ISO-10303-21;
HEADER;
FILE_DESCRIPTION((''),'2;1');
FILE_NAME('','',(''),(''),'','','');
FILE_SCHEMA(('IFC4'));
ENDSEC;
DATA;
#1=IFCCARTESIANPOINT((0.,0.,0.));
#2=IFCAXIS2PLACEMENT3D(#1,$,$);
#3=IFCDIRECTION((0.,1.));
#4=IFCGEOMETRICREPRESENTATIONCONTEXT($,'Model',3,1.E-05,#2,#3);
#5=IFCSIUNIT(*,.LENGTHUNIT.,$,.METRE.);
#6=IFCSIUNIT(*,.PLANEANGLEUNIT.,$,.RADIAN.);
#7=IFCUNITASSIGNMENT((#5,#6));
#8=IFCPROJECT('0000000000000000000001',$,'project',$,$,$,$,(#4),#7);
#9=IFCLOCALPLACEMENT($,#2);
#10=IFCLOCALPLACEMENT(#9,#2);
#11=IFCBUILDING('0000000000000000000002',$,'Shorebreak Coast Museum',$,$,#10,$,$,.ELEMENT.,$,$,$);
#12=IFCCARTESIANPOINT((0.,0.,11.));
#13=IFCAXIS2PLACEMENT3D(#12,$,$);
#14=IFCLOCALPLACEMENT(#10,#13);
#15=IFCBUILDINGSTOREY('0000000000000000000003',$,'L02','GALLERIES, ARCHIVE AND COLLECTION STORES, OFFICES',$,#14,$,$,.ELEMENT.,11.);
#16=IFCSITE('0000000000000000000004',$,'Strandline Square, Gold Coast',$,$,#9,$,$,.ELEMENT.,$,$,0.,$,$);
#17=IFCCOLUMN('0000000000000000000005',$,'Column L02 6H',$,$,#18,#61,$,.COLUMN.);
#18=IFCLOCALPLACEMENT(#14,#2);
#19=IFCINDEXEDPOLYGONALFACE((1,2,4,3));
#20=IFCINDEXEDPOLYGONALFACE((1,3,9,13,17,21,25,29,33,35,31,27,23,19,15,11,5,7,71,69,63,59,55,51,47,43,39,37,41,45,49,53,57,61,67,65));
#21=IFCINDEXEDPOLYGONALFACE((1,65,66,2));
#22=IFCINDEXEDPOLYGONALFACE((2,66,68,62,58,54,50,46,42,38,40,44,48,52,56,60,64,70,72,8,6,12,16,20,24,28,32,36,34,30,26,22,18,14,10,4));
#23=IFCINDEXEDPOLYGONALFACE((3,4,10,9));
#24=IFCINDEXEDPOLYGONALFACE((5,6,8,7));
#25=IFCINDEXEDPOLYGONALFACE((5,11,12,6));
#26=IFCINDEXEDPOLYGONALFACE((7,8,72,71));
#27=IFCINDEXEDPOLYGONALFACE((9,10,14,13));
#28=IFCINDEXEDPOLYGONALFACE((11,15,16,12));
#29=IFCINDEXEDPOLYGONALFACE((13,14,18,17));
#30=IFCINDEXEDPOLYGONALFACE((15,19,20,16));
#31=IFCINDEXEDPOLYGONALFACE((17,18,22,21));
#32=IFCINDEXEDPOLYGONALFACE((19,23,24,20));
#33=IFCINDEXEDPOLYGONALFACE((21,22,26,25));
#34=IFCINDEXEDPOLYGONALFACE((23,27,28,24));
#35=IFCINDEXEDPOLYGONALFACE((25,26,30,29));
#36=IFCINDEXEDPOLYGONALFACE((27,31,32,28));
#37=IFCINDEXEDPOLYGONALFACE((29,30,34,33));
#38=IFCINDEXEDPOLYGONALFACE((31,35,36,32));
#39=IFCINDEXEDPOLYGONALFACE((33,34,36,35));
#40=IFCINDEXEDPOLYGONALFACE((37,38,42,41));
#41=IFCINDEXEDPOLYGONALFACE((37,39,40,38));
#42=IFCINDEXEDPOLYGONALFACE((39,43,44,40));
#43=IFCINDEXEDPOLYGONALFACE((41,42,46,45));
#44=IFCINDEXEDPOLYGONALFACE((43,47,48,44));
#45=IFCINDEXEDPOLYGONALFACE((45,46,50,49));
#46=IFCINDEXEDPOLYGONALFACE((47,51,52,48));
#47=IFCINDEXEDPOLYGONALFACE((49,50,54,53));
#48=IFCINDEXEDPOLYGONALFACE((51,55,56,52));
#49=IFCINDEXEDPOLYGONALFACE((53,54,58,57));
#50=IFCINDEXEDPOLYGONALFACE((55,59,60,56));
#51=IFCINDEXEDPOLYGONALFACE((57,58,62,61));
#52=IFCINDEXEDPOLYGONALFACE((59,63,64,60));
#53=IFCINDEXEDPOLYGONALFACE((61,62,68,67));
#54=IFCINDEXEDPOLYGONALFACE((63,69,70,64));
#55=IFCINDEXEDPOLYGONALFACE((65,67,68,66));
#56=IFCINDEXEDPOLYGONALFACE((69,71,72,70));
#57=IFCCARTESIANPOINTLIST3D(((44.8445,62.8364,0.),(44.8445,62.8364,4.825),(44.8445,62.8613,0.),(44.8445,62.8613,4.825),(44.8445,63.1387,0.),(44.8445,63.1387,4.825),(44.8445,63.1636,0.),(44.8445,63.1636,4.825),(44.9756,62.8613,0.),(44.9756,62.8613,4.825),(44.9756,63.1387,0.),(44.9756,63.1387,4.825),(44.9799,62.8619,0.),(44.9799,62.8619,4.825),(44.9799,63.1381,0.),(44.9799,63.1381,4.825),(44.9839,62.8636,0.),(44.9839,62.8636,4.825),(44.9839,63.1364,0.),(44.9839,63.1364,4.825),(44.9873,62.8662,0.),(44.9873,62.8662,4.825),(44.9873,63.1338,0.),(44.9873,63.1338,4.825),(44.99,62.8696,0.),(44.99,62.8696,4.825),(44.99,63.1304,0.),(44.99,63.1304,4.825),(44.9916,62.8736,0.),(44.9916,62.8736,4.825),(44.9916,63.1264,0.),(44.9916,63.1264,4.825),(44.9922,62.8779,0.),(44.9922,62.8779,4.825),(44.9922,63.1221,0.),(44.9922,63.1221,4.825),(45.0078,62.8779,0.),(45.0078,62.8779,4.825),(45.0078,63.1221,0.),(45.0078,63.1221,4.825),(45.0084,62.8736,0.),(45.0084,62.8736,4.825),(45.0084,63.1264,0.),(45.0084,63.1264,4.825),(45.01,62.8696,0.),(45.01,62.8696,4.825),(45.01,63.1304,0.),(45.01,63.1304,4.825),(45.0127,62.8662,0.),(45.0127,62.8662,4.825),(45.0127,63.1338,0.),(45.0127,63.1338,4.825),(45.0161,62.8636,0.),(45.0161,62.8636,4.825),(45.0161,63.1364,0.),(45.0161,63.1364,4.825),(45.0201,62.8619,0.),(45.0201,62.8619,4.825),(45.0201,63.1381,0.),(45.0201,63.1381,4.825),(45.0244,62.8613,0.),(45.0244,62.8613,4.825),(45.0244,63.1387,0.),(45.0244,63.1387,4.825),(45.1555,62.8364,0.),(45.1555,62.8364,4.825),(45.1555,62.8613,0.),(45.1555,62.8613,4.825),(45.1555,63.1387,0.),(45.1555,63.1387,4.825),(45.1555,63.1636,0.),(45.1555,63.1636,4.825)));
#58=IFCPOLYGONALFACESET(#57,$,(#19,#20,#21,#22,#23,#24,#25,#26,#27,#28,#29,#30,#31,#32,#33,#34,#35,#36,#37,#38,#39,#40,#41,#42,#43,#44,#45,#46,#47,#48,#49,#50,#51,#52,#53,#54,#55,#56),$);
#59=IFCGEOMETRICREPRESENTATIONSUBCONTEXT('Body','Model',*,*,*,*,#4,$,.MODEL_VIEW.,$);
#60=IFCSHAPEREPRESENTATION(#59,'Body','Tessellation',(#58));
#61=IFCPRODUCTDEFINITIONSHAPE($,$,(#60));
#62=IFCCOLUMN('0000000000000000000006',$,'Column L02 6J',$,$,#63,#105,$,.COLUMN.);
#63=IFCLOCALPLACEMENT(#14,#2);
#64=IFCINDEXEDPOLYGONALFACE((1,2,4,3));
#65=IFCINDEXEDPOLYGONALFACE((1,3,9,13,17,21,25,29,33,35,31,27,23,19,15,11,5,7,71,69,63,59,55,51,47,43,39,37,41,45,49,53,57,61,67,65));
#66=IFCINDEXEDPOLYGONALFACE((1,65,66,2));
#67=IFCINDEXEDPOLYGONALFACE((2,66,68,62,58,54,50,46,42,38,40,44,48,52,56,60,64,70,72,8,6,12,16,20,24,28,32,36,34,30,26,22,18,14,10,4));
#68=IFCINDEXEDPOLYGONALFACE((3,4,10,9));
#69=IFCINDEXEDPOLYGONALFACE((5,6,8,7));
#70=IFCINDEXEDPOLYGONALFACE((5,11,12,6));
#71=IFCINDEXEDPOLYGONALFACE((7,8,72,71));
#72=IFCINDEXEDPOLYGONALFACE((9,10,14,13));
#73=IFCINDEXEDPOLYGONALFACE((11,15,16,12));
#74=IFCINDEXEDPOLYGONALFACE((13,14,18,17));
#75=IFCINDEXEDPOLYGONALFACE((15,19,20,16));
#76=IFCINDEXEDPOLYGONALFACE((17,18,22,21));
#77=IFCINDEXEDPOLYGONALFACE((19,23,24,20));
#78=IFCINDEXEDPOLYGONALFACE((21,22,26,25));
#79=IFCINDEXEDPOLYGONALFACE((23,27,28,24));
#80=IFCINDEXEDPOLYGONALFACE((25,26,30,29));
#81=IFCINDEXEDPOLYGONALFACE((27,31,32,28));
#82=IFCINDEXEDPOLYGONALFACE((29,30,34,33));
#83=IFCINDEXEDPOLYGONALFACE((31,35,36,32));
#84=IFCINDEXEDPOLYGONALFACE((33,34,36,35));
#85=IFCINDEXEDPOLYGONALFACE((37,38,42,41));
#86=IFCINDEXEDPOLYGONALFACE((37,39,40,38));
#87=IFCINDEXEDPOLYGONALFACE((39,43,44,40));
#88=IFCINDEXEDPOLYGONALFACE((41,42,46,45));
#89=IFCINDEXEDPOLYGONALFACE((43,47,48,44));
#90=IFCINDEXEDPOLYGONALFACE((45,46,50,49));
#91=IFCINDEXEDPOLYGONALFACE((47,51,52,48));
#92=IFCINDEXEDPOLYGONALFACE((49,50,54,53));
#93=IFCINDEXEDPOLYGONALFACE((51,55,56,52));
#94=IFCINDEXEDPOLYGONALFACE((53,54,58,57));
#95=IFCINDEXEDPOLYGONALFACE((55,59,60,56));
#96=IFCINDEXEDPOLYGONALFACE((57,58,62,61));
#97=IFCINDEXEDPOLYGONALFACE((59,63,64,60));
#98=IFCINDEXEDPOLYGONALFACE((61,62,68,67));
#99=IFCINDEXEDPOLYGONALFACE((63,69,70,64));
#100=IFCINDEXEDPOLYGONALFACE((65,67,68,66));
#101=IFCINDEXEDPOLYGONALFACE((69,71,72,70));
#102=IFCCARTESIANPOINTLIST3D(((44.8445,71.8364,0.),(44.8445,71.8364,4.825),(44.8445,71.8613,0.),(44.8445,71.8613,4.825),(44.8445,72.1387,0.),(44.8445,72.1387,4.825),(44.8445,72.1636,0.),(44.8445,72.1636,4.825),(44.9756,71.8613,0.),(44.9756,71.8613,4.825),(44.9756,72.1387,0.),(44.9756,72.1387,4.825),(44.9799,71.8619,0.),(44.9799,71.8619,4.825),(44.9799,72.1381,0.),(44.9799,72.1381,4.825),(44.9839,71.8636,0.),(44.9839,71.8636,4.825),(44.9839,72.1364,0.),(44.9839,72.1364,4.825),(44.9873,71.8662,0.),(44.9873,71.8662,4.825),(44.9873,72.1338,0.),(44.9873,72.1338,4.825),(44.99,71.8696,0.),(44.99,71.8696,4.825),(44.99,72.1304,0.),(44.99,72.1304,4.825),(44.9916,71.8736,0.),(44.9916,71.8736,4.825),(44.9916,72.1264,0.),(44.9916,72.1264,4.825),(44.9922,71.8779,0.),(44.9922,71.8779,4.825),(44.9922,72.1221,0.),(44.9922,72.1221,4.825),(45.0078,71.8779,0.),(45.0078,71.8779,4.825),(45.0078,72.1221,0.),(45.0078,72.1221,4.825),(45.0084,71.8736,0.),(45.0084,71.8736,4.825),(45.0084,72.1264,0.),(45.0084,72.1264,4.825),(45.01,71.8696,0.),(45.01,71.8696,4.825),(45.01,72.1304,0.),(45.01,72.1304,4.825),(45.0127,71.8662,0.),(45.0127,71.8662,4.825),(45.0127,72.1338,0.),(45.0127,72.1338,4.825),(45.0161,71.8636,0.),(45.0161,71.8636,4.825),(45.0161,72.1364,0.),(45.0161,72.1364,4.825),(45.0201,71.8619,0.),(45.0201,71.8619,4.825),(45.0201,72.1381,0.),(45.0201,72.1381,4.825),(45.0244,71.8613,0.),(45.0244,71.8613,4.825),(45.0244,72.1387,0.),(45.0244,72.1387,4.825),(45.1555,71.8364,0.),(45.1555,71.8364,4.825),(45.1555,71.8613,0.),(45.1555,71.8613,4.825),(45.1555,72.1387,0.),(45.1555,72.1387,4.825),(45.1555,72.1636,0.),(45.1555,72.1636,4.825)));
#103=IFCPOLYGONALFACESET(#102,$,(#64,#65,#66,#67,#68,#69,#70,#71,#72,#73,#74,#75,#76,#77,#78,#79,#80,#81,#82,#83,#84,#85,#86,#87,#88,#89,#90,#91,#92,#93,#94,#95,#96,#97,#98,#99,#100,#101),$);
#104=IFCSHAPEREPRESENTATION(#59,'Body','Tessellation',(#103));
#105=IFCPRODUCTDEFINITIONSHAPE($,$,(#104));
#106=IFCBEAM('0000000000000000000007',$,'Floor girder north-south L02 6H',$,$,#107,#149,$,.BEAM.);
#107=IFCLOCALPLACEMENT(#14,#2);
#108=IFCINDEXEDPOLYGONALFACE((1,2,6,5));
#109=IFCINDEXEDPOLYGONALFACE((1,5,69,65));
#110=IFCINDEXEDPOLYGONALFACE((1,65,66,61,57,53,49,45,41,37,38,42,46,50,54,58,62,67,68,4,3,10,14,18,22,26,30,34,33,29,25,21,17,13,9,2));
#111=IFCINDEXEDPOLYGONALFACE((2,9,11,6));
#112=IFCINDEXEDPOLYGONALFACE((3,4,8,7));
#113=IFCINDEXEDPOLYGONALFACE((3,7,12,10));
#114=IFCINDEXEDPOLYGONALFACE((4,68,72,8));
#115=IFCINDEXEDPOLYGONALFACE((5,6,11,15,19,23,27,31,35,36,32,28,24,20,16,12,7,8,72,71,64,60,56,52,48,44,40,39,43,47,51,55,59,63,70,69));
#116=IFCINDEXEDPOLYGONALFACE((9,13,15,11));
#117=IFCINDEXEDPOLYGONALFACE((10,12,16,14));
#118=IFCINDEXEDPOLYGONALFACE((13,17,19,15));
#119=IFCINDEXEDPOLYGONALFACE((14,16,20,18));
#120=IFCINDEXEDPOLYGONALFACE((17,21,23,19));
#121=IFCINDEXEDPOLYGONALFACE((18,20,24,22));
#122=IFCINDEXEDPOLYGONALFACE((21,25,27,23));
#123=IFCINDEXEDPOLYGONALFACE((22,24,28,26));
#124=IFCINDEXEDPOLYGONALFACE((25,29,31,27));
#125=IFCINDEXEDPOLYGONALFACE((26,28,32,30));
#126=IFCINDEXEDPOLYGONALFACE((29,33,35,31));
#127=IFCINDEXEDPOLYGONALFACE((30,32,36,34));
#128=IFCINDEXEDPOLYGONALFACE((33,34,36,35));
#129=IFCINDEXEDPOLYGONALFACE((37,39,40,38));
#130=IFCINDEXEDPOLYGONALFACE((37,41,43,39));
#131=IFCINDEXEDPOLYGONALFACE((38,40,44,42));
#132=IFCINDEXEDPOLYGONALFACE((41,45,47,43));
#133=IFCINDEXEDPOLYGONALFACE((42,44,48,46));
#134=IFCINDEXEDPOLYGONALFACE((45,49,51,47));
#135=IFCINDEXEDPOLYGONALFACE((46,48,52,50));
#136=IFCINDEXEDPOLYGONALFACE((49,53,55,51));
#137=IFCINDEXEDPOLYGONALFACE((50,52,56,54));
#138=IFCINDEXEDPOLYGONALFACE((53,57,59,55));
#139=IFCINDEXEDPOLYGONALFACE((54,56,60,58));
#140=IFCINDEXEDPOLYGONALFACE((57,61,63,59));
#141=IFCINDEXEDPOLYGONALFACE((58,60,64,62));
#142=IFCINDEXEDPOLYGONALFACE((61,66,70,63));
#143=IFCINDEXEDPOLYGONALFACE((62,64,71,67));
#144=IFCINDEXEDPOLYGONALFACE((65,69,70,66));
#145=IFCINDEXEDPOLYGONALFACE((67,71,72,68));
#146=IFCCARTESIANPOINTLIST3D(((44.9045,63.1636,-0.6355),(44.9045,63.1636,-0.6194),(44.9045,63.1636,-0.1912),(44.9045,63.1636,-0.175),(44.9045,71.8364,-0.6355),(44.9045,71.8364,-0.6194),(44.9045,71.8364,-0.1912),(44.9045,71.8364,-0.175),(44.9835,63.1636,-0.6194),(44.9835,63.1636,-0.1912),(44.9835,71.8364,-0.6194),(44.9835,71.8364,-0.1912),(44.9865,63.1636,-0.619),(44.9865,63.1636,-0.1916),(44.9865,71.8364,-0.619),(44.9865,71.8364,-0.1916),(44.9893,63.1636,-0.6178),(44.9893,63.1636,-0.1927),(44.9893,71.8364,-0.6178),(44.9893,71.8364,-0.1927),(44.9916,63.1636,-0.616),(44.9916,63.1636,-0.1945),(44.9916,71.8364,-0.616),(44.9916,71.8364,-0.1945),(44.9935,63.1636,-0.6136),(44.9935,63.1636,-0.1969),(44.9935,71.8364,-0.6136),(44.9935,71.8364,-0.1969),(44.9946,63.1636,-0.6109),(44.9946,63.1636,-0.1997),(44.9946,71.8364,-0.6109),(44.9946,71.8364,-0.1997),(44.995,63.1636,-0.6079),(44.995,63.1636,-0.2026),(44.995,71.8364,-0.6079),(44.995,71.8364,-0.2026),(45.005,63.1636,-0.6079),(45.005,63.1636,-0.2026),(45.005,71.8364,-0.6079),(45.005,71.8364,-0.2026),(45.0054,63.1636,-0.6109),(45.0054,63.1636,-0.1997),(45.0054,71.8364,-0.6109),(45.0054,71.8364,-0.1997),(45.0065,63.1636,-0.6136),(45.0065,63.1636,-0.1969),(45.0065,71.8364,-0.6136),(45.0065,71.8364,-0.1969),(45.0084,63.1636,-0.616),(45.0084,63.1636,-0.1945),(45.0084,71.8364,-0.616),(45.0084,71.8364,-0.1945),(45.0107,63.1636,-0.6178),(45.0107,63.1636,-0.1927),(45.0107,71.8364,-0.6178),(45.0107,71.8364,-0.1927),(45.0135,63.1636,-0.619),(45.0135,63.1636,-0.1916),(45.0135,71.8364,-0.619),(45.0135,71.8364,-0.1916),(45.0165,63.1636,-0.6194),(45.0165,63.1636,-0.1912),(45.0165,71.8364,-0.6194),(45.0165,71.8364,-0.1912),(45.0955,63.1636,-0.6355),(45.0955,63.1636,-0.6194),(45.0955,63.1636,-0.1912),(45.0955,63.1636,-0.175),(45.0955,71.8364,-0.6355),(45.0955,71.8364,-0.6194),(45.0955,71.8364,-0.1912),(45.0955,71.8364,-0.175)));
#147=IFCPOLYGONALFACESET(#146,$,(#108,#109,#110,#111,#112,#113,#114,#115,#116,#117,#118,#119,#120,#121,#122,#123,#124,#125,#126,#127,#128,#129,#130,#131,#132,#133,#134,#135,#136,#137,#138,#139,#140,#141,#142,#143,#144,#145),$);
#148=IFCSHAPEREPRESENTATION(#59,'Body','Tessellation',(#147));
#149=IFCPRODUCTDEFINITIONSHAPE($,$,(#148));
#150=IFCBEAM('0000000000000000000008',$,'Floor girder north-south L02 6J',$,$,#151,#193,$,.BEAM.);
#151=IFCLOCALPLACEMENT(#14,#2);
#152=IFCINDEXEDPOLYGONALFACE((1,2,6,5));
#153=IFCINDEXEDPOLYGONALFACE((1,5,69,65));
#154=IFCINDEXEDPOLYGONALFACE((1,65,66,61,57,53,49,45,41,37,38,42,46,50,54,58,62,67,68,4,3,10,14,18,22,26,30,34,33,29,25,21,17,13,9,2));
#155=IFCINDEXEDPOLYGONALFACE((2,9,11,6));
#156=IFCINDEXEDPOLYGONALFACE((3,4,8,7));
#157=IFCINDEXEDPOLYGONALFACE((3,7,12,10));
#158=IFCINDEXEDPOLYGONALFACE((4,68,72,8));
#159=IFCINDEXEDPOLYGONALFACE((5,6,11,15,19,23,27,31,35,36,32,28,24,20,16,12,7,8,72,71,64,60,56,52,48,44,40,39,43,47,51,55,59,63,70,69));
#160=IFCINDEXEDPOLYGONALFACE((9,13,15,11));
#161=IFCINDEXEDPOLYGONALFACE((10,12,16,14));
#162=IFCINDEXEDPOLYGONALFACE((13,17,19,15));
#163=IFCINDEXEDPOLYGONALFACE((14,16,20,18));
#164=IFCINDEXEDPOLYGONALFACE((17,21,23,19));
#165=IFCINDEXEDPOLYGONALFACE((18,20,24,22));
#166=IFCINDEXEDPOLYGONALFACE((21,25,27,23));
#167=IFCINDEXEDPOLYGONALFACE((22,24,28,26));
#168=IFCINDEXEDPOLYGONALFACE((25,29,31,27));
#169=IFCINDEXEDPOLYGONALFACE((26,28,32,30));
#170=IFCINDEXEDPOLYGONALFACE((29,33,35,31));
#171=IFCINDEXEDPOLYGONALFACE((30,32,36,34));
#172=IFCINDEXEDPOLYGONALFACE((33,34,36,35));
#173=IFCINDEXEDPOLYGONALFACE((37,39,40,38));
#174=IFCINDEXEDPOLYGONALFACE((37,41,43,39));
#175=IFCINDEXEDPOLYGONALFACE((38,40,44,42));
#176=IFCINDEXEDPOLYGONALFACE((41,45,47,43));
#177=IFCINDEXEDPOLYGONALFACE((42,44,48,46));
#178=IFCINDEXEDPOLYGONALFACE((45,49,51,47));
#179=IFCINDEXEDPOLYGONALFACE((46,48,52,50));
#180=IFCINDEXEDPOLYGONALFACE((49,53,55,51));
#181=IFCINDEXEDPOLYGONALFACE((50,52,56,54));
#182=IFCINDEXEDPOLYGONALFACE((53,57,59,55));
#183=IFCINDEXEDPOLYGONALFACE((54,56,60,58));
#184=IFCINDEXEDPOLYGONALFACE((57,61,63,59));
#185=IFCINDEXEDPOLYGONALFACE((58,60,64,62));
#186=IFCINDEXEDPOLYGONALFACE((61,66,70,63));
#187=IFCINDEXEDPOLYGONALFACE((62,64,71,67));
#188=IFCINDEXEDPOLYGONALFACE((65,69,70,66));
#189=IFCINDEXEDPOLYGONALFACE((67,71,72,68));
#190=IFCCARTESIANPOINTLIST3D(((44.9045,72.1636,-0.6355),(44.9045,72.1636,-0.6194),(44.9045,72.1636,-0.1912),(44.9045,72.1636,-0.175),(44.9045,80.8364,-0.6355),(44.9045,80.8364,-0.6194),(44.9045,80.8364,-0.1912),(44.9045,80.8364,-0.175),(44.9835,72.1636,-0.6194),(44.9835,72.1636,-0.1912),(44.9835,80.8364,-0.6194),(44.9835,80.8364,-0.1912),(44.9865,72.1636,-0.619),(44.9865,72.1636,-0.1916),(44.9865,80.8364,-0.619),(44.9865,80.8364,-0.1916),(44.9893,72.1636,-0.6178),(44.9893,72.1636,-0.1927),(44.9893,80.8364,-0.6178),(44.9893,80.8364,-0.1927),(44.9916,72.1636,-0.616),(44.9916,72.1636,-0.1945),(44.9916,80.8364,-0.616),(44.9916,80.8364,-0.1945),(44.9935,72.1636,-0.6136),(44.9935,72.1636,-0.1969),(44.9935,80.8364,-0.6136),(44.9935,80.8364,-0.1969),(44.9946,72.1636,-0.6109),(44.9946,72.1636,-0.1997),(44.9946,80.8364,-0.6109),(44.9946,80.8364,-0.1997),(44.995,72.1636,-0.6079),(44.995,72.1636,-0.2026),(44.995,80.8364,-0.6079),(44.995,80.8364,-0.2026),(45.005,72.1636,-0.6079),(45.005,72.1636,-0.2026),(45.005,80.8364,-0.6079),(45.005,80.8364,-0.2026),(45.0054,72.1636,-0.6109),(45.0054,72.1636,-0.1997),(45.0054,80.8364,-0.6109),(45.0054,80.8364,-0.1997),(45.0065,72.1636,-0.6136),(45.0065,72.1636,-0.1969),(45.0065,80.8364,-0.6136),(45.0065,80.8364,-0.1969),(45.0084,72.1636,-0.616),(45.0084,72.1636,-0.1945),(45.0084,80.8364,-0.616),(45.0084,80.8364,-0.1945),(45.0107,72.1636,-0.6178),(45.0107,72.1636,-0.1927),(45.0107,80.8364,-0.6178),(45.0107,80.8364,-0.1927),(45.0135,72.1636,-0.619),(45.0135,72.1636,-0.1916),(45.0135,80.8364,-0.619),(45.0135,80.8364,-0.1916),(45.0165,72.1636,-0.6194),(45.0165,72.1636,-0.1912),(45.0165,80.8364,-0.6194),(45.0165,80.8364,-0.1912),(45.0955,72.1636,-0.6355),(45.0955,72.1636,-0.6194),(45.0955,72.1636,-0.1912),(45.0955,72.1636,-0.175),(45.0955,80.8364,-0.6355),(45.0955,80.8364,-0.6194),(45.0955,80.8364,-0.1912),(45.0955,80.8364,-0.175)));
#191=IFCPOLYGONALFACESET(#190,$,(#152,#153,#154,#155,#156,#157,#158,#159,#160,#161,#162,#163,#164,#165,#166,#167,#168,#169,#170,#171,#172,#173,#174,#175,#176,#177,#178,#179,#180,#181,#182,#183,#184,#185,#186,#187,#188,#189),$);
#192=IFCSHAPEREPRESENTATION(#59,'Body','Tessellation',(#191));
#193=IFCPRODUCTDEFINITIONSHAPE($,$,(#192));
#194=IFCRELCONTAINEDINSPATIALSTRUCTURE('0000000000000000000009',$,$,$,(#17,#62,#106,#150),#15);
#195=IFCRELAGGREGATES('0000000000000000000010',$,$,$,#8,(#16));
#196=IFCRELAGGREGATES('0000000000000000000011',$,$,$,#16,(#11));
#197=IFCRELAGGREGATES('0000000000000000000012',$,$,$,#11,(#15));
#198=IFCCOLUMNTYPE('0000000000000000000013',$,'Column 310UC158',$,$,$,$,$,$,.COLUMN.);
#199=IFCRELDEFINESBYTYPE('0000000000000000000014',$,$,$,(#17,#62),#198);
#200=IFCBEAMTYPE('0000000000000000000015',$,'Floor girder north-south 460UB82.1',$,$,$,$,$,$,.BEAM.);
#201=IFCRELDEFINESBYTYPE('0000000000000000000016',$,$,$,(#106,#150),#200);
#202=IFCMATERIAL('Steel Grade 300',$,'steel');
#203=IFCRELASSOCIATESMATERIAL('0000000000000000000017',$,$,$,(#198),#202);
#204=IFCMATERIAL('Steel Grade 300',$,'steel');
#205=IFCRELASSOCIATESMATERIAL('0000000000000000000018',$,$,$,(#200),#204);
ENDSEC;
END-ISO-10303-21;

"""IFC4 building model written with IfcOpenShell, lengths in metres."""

from ifc_helpers import new_model, si_unit, direction, frame, origin, origin_2d, place, context, subcontext, project, spatial, i_section, extrude, material, material_profile, profile_set, type_object, element, save


model = new_model("IFC4")

# Units and contexts
model_context = context("Model", 3, precision=1e-05, world=origin(), true_north=direction((0.0, 1.0)))
body_context = subcontext(model_context, "Body", "Model", "MODEL_VIEW")
ifc_project = project(units=[si_unit("LENGTHUNIT", "METRE"), si_unit("PLANEANGLEUNIT", "RADIAN")], contexts=[model_context])

# Site, building, storey
site_placement = place(None, origin())
site = spatial("IfcSite", under=ifc_project, at=site_placement, Name="Strandline Square, Gold Coast", CompositionType="ELEMENT", RefElevation=0.0)
building_placement = place(site_placement, origin())
building = spatial("IfcBuilding", under=site, at=building_placement, Name="Shorebreak Coast Museum", CompositionType="ELEMENT")
storey_placement = place(building_placement, frame((0.0, 0.0, 11.0)))
storey = spatial("IfcBuildingStorey", under=building, at=storey_placement, Name="L02", Description="GALLERIES, ARCHIVE AND COLLECTION STORES, OFFICES", CompositionType="ELEMENT", Elevation=11.0)

# Columns
ifc_material_1 = material(Name="Steel Grade 300", Category="steel")
ifc_material_profile_1 = material_profile(ifc_material_1, i_section(OverallWidth=0.311, OverallDepth=0.3271, WebThickness=0.0156, FlangeThickness=0.0249, FilletRadius=0.0166, at=origin_2d()), Name="310UC158")
ifc_profile_set_1 = profile_set([ifc_material_profile_1], Name="Steel Grade 300")
column_type = type_object("IfcColumnType", Name="Column 310UC158", PredefinedType="COLUMN", material=ifc_profile_set_1)
for number, where, z_axis, x_axis, name in (
    (1, (45.0, 63.0, 0.0), (0.0, 0.0, 1.0), (1.0, 0.0, 0.0), "Column L02 6H"),
    (2, (45.0, 72.0, 0.0), (0.0, 0.0, 1.0), (1.0, 0.0, 0.0), "Column L02 6J"),
):
    element("IfcColumn", number, at=place(storey_placement, frame(where, z_axis=z_axis, x_axis=x_axis)), inside=storey, type_object=column_type, Name=name, PredefinedType="COLUMN", context=body_context, shape_type="SweptSolid", body=[
        extrude(i_section(OverallWidth=0.311, OverallDepth=0.3271, WebThickness=0.0156, FlangeThickness=0.0249, FilletRadius=0.0166, at=origin_2d()), origin(), (0.0, 0.0, 1.0), 4.825),
    ])

# Beams
ifc_material_2 = material(Name="Steel Grade 300", Category="steel")
ifc_material_profile_2 = material_profile(ifc_material_2, i_section(OverallWidth=0.1909, OverallDepth=0.4604, WebThickness=0.01, FlangeThickness=0.0161, FilletRadius=0.0115, at=origin_2d()), Name="460UB82.1")
ifc_profile_set_2 = profile_set([ifc_material_profile_2], Name="Steel Grade 300")
beam_type_1 = type_object("IfcBeamType", Name="Floor girder north-south 460UB82.1", PredefinedType="BEAM", material=ifc_profile_set_2)
for number, where, z_axis, x_axis, name in (
    (3, (45.0, 63.1636, -0.4053), (0.0, 1.0, 0.0), (-1.0, 0.0, 0.0), "Floor girder north-south L02 6H"),
    (4, (45.0, 72.1636, -0.4053), (0.0, 1.0, 0.0), (-1.0, 0.0, 0.0), "Floor girder north-south L02 6J"),
):
    element("IfcBeam", number, at=place(storey_placement, frame(where, z_axis=z_axis, x_axis=x_axis)), inside=storey, type_object=beam_type_1, Name=name, PredefinedType="BEAM", context=body_context, shape_type="SweptSolid", body=[
        extrude(i_section(OverallWidth=0.1909, OverallDepth=0.4604, WebThickness=0.01, FlangeThickness=0.0161, FilletRadius=0.0115, at=origin_2d()), origin(), (0.0, 0.0, 1.0), 8.6729),
    ])

save(model, "model.ifc")
